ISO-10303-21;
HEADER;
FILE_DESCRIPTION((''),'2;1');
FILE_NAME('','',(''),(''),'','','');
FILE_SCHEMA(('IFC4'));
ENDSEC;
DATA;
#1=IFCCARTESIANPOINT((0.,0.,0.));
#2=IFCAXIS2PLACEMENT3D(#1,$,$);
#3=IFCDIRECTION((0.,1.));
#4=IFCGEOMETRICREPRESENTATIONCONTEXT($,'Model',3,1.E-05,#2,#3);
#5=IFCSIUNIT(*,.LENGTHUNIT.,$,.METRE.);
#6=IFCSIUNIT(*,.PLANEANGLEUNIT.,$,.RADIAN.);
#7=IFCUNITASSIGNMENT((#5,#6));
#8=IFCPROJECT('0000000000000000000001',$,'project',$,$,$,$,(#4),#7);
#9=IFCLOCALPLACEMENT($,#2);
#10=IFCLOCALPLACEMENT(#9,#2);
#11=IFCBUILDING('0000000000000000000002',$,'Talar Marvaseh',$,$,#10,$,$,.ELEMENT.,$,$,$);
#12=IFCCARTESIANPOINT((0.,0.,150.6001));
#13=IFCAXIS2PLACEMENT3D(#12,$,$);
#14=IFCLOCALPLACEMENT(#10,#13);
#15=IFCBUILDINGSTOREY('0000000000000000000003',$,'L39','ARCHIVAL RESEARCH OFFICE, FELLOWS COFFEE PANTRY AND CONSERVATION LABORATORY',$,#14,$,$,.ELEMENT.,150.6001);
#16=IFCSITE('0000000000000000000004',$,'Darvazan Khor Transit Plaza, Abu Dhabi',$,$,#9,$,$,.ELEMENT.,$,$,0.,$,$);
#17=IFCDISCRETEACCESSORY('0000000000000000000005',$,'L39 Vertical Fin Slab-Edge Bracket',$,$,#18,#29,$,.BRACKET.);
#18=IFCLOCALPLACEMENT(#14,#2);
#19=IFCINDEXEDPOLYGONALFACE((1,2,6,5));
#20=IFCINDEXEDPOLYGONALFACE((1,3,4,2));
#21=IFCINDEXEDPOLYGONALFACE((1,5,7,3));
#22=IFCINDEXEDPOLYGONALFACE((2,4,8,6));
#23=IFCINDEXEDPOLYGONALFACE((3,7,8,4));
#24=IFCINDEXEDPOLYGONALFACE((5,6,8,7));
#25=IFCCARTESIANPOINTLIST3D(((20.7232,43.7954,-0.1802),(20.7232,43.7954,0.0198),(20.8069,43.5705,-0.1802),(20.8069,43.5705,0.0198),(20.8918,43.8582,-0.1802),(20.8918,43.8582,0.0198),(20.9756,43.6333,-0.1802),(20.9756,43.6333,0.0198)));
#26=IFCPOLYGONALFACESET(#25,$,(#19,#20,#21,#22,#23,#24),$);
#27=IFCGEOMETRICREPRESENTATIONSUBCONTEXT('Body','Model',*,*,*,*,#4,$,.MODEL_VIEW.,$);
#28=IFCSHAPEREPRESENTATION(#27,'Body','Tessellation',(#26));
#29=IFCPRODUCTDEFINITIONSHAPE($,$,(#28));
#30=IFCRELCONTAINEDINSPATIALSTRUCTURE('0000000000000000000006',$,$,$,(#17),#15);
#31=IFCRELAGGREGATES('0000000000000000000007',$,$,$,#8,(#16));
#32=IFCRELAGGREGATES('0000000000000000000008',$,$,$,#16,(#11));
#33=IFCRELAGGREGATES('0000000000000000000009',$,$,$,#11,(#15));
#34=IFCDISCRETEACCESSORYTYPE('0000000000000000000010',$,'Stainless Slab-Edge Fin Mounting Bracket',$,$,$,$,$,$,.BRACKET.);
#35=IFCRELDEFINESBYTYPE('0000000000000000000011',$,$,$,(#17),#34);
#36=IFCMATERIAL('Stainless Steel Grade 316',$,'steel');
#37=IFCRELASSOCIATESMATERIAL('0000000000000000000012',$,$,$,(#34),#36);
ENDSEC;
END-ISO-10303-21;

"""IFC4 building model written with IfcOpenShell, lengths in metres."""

from ifc_helpers import new_model, si_unit, direction, frame, origin, origin_2d, place, context, subcontext, project, spatial, rectangle, extrude, source, transform, mapped, material, type_object, type_shapes, element, save


model = new_model("IFC4")

# Units and contexts
model_context = context("Model", 3, precision=1e-05, world=origin(), true_north=direction((0.0, 1.0)))
body_context = subcontext(model_context, "Body", "Model", "MODEL_VIEW")
ifc_project = project(units=[si_unit("LENGTHUNIT", "METRE"), si_unit("PLANEANGLEUNIT", "RADIAN")], contexts=[model_context])

# Site, building, storey
site_placement = place(None, origin())
site = spatial("IfcSite", under=ifc_project, at=site_placement, Name="Darvazan Khor Transit Plaza, Abu Dhabi", CompositionType="ELEMENT", RefElevation=0.0)
building_placement = place(site_placement, origin())
building = spatial("IfcBuilding", under=site, at=building_placement, Name="Talar Marvaseh", CompositionType="ELEMENT")
storey_placement = place(building_placement, frame((0.0, 0.0, 150.6001)))
storey = spatial("IfcBuildingStorey", under=building, at=storey_placement, Name="L39", Description="ARCHIVAL RESEARCH OFFICE, FELLOWS COFFEE PANTRY AND CONSERVATION LABORATORY", CompositionType="ELEMENT", Elevation=150.6001)

# Discrete accessory
ifc_material_1 = material(Name="Stainless Steel Grade 316", Category="steel")
discrete_accessory_type = type_object("IfcDiscreteAccessoryType", Name="Stainless Slab-Edge Fin Mounting Bracket", PredefinedType="BRACKET", material=ifc_material_1)
shared_shape_1 = source(origin(), body_context, "Body", "SweptSolid", [
    extrude(rectangle(XDim=0.24, YDim=0.1799, at=origin_2d()), origin(), (0.0, 0.0, 1.0), 0.2),
])
type_shapes(discrete_accessory_type, [shared_shape_1])
for number, where, z_axis, x_axis, name in (
    (1, (20.8494, 43.7144, -0.1802), (0.0, 0.0, 1.0), (-0.349063, 0.937099, 0.0), "L39 Vertical Fin Slab-Edge Bracket"),
):
    element("IfcDiscreteAccessory", number, at=place(storey_placement, frame(where, z_axis=z_axis, x_axis=x_axis)), inside=storey, type_object=discrete_accessory_type, Name=name, PredefinedType="BRACKET", context=body_context, shape_type="MappedRepresentation", body=[
        mapped(shared_shape_1, transform((0.0, 0.0, 0.0), x_axis=(1.0, 0.0, 0.0), y_axis=(0.0, 1.0, 0.0), z_axis=(0.0, 0.0, 1.0), scale=1.0)),
    ])

save(model, "model.ifc")
